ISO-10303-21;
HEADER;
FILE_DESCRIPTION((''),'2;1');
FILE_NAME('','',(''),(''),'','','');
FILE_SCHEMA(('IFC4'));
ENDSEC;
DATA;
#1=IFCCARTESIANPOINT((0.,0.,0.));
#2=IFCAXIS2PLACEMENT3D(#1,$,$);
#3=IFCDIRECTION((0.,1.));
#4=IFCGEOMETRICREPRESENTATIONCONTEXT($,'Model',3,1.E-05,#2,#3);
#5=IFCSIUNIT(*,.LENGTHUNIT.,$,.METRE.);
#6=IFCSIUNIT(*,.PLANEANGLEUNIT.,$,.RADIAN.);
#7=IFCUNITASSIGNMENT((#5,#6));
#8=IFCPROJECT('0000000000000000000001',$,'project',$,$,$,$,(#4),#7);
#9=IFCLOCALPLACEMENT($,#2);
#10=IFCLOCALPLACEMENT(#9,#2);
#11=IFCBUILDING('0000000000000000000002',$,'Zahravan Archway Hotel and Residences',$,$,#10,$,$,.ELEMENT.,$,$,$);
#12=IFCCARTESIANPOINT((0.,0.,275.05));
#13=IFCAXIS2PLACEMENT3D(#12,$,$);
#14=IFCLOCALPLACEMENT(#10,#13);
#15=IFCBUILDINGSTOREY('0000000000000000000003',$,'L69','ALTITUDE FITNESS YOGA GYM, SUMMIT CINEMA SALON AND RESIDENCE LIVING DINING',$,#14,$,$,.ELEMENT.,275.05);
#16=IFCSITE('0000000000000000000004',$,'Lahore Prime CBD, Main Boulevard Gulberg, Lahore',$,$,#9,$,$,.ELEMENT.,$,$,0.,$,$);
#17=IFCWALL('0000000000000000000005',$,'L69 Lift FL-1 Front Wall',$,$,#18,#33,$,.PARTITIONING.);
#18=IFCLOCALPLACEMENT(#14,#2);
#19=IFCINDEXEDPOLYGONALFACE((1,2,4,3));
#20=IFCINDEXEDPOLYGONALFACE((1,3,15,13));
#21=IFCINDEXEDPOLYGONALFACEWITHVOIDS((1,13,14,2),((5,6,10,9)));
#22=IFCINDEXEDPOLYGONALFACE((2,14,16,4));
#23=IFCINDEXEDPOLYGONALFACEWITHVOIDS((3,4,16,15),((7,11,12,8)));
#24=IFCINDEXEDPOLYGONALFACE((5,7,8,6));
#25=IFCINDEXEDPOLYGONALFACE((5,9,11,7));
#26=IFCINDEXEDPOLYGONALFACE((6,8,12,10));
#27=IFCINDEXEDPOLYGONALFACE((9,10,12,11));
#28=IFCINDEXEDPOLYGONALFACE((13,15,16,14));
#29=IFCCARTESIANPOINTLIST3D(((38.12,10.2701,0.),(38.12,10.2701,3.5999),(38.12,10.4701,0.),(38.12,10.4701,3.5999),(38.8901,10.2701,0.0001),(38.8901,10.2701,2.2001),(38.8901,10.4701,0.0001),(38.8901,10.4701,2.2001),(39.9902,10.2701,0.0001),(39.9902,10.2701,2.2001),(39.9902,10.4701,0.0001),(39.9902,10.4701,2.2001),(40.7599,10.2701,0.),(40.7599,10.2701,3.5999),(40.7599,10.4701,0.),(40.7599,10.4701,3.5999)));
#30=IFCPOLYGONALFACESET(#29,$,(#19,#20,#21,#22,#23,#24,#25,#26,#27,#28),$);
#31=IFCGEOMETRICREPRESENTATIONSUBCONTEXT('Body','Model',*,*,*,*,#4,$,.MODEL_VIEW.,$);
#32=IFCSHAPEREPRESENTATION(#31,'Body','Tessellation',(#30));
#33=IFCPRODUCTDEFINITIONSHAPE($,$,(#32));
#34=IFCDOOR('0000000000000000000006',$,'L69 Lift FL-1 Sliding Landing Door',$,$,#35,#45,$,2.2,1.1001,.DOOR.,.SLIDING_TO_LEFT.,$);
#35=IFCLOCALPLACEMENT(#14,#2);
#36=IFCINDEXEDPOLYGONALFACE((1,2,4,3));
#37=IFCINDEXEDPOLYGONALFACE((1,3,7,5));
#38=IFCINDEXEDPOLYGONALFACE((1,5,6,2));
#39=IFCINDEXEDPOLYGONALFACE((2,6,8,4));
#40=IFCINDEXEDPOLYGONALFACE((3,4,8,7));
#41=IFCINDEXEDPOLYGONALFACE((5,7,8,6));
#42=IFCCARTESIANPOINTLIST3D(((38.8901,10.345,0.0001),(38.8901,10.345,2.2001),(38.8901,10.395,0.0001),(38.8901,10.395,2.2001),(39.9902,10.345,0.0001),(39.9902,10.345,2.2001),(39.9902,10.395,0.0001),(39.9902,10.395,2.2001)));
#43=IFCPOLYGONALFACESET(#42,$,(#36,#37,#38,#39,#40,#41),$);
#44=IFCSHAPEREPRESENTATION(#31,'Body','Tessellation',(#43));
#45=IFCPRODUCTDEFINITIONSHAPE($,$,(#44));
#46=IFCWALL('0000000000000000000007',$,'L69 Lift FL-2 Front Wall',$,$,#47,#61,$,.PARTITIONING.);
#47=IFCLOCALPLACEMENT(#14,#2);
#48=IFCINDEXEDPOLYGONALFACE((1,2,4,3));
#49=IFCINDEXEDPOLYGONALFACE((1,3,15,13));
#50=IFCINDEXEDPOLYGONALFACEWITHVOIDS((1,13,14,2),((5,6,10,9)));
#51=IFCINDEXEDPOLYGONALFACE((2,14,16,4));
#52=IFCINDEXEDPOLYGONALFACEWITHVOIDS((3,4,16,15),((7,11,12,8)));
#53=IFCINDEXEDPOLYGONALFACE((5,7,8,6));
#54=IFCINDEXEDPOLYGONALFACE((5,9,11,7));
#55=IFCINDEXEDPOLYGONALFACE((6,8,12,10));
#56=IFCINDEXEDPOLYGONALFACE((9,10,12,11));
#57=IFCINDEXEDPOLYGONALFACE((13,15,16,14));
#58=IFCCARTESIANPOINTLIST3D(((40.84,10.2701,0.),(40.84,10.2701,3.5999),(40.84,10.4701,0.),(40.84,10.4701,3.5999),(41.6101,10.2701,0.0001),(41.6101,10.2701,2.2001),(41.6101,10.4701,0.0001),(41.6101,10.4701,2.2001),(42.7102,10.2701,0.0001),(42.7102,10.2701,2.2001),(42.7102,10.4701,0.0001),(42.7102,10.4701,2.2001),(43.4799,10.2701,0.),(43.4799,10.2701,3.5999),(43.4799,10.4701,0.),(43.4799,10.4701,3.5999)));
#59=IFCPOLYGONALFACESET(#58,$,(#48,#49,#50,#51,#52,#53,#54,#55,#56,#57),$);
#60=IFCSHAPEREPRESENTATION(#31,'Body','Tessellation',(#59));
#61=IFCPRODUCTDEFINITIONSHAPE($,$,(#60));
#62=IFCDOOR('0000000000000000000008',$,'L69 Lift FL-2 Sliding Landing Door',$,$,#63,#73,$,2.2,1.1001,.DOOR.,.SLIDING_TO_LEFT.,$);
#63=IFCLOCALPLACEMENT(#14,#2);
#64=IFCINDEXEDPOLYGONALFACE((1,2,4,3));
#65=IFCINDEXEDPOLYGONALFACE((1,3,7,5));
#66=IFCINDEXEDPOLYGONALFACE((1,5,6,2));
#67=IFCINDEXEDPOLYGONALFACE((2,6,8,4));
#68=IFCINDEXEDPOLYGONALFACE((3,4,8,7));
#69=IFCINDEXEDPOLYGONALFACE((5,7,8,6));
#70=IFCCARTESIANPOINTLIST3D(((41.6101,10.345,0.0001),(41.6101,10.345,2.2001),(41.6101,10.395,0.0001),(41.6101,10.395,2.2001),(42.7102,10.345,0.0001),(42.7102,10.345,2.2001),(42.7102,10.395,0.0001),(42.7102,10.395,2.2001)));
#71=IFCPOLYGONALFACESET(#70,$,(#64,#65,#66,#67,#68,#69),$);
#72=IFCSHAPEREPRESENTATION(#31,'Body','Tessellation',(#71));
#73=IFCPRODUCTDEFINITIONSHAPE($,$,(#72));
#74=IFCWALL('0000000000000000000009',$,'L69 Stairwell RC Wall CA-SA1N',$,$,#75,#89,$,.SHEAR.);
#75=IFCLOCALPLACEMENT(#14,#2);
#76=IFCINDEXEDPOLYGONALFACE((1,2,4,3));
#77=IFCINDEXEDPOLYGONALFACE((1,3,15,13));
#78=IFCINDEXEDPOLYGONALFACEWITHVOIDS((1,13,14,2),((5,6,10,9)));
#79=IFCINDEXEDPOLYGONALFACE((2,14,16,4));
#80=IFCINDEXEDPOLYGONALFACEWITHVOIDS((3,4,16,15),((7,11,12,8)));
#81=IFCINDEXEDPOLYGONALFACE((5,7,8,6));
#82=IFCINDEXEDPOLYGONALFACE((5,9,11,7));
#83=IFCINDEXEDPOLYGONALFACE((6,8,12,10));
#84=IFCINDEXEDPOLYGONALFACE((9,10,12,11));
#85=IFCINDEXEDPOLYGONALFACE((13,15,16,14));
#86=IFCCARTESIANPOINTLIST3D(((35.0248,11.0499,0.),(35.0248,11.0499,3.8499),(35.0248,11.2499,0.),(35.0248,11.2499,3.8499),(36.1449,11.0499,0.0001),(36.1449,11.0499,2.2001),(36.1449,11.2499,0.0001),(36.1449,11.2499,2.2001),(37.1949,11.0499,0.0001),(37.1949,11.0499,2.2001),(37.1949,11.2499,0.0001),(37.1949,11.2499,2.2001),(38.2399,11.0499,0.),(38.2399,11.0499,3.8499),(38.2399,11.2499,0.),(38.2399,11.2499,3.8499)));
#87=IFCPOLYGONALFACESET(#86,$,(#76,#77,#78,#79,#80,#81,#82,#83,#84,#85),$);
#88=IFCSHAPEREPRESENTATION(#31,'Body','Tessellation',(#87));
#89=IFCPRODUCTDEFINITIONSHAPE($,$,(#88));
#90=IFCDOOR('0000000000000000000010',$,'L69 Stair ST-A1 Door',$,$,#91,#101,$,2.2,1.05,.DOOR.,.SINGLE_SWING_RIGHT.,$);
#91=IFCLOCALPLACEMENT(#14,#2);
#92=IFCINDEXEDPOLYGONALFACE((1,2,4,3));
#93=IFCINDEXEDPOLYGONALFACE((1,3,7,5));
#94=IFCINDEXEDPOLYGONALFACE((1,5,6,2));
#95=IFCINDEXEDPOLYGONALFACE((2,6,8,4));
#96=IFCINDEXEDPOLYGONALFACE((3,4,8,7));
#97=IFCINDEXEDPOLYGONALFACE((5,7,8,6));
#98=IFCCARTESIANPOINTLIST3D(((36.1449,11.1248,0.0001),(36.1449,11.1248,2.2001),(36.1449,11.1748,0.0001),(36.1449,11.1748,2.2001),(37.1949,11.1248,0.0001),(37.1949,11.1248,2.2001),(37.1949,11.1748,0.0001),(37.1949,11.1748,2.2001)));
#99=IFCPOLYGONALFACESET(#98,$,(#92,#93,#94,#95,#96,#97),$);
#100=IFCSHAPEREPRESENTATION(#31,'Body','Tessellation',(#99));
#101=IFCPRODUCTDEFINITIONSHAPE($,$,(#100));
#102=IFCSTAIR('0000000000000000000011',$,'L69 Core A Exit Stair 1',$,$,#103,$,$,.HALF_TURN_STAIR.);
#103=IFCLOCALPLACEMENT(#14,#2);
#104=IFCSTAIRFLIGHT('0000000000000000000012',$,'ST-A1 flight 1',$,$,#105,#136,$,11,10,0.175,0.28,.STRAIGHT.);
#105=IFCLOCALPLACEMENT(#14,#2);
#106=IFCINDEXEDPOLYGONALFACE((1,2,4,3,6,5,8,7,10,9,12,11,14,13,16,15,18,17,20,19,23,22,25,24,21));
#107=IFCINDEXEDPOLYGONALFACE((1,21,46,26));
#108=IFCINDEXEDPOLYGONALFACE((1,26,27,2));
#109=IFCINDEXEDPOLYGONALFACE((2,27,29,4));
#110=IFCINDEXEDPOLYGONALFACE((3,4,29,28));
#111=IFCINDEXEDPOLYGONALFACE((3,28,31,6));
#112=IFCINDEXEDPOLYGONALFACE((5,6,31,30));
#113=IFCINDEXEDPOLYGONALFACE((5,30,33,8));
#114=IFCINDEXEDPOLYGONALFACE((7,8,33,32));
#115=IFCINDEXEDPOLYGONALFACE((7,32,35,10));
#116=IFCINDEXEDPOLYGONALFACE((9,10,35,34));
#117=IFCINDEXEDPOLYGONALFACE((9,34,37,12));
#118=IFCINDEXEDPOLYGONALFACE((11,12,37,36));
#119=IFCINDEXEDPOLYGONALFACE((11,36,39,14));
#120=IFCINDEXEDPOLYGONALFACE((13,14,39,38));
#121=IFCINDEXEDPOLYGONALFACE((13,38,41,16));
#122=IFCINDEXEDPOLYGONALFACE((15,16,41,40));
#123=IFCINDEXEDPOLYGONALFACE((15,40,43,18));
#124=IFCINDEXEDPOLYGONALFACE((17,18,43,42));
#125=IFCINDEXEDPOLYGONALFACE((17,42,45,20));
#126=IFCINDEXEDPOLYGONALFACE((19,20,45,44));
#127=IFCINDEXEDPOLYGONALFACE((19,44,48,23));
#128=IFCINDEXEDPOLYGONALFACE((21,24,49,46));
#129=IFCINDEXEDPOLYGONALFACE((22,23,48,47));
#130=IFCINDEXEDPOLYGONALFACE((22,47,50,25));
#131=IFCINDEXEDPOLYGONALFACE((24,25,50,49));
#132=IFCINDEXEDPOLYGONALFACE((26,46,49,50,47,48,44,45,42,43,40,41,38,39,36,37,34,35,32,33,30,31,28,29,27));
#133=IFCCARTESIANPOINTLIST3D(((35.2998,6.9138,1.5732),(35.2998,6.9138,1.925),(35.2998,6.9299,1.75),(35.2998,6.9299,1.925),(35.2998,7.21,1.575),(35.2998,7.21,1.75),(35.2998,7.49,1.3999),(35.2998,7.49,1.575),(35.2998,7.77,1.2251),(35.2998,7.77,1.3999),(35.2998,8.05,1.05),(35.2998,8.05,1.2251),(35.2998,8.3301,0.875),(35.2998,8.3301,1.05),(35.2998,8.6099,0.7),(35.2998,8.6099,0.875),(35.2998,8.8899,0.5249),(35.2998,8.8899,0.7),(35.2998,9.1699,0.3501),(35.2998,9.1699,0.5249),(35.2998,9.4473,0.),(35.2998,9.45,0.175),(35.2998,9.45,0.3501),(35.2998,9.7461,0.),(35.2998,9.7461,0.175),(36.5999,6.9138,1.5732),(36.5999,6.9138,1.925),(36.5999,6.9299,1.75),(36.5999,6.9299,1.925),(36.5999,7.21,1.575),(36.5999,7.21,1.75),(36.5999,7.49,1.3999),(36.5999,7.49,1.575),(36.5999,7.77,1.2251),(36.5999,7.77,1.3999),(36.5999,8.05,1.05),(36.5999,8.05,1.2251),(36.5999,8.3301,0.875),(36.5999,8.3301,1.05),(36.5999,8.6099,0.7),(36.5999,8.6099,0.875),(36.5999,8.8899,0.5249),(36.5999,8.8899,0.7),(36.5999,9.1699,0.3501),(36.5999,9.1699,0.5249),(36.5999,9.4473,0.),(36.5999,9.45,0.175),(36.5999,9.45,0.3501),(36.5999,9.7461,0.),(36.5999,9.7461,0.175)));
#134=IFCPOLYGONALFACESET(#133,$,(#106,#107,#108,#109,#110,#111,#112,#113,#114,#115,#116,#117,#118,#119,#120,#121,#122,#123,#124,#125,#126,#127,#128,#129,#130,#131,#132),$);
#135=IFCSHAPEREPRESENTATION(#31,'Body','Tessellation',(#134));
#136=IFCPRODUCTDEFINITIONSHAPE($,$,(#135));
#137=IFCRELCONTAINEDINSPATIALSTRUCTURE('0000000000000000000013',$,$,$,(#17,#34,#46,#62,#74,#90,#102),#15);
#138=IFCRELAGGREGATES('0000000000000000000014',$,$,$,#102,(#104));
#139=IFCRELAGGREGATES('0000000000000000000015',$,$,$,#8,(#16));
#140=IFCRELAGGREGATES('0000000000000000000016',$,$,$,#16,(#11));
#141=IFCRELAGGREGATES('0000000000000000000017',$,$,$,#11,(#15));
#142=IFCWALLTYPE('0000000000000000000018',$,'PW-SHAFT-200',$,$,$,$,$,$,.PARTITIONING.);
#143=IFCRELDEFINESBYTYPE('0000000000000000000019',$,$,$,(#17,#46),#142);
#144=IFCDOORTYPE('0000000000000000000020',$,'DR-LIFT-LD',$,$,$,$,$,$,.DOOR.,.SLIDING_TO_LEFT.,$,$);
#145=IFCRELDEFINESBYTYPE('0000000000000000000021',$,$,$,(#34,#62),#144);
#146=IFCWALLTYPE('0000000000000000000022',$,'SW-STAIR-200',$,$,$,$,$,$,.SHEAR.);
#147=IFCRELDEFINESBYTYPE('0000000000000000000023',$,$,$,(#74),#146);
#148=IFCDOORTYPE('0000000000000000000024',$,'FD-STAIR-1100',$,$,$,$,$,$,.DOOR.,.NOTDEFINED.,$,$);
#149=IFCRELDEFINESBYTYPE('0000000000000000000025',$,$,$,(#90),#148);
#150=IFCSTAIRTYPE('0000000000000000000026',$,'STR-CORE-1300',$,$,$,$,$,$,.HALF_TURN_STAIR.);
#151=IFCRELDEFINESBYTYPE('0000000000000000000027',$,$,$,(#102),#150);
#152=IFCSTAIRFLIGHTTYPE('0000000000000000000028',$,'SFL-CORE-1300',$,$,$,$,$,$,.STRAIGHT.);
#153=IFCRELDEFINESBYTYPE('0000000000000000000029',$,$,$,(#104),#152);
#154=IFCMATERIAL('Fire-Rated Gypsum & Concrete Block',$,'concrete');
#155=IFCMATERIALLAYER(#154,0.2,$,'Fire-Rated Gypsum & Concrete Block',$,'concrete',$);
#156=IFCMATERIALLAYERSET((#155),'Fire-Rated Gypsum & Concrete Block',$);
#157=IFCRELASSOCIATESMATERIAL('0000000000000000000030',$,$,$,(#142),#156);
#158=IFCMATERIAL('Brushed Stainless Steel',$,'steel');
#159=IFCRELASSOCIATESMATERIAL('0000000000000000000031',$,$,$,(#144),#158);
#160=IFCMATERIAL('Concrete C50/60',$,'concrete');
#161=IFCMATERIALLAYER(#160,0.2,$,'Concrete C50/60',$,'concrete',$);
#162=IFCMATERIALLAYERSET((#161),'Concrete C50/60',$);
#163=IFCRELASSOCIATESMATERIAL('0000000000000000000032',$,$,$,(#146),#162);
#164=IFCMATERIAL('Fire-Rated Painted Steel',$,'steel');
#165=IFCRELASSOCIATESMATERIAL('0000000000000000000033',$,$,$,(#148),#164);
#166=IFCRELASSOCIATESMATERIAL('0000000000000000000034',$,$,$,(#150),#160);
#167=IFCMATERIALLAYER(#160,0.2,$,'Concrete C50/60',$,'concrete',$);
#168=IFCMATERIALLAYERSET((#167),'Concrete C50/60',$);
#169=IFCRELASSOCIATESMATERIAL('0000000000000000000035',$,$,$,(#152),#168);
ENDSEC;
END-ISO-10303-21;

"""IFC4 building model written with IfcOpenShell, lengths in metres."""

from ifc_helpers import new_model, si_unit, direction, frame, frame_2d, origin, place, context, subcontext, project, spatial, polyline, rectangle, outline, extrude, source, transform, mapped, material, layer, layer_set, type_object, type_shapes, element, fill, aggregate, save


model = new_model("IFC4")

# Units and contexts
model_context = context("Model", 3, precision=1e-05, world=origin(), true_north=direction((0.0, 1.0)))
body_context = subcontext(model_context, "Body", "Model", "MODEL_VIEW")
ifc_project = project(units=[si_unit("LENGTHUNIT", "METRE"), si_unit("PLANEANGLEUNIT", "RADIAN")], contexts=[model_context])

# Site, building, storey
site_placement = place(None, origin())
site = spatial("IfcSite", under=ifc_project, at=site_placement, Name="Lahore Prime CBD, Main Boulevard Gulberg, Lahore", CompositionType="ELEMENT", RefElevation=0.0)
building_placement = place(site_placement, origin())
building = spatial("IfcBuilding", under=site, at=building_placement, Name="Zahravan Archway Hotel and Residences", CompositionType="ELEMENT")
storey_placement = place(building_placement, frame((0.0, 0.0, 275.05)))
storey = spatial("IfcBuildingStorey", under=building, at=storey_placement, Name="L69", Description="ALTITUDE FITNESS YOGA GYM, SUMMIT CINEMA SALON AND RESIDENCE LIVING DINING", CompositionType="ELEMENT", Elevation=275.05)

# Shared definitions
ifc_material_1 = material(Name="Concrete C50/60", Category="concrete")

# Shared definitions
ifc_material_2 = material(Name="Fire-Rated Painted Steel", Category="steel")

# Shared definitions
ifc_material_3 = material(Name="Fire-Rated Gypsum & Concrete Block", Category="concrete")

# Shared definitions
ifc_layer_1 = layer(ifc_material_3, 0.2, Name="Fire-Rated Gypsum & Concrete Block", Category="concrete")
ifc_layer_set_1 = layer_set([ifc_layer_1], Name="Fire-Rated Gypsum & Concrete Block")
wall_type_1 = type_object("IfcWallType", Name="PW-SHAFT-200", PredefinedType="PARTITIONING", material=ifc_layer_set_1)

# Walls, openings, doors
wall_1_placement = place(storey_placement, frame((38.1201, 10.3701, 0.0), z_axis=(0.0, 0.0, 1.0), x_axis=(1.0, 0.0, 0.0)))
wall_1 = element("IfcWall", 1, at=wall_1_placement, inside=storey, type_object=wall_type_1, Name="L69 Lift FL-1 Front Wall", PredefinedType="PARTITIONING", context=body_context, shape_type="SweptSolid", body=[
    extrude(rectangle(XDim=2.6399, YDim=0.2, at=frame_2d((1.3198, 0.0))), origin(), (0.0, 0.0, 1.0), 3.5999),
])
opening_1_placement = place(wall_1_placement, frame((0.77, 0.0, 0.0)))
opening_1 = element("IfcOpeningElement", 2, at=opening_1_placement, cuts=wall_1, PredefinedType="OPENING", context=body_context, shape_type="SweptSolid", body=[
    extrude(rectangle(XDim=1.1001, YDim=2.2, at=frame_2d((0.55, 1.1001))), frame((0.0, 0.1099, 0.0), z_axis=(0.0, -1.0, 0.0), x_axis=(1.0, 0.0, 0.0)), (0.0, 0.0, 1.0), 0.22),
])
ifc_material_4 = material(Name="Brushed Stainless Steel", Category="steel")
door_type_1 = type_object("IfcDoorType", Name="DR-LIFT-LD", OperationType="SLIDING_TO_LEFT", PredefinedType="DOOR", material=ifc_material_4)
shared_shape_1 = source(origin(), body_context, "Body", "SweptSolid", [
    extrude(rectangle(XDim=1.1001, YDim=2.2, at=frame_2d((0.55, 1.1001))), frame((0.0, 0.0249, 0.0), z_axis=(0.0, -1.0, 0.0), x_axis=(1.0, 0.0, 0.0)), (0.0, 0.0, 1.0), 0.05),
])
type_shapes(door_type_1, [shared_shape_1])
door_1_placement = place(opening_1_placement, origin())
door_1 = element("IfcDoor", 3, at=door_1_placement, inside=storey, type_object=door_type_1, Name="L69 Lift FL-1 Sliding Landing Door", OperationType="SLIDING_TO_LEFT", OverallHeight=2.2, OverallWidth=1.1001, PredefinedType="DOOR", context=body_context, shape_type="MappedRepresentation", body=[
    mapped(shared_shape_1, transform((0.0, 0.0, 0.0), scale=1.0)),
])
fill(opening_1, door_1)
wall_2_placement = place(storey_placement, frame((40.8401, 10.3701, 0.0), z_axis=(0.0, 0.0, 1.0), x_axis=(1.0, 0.0, 0.0)))
wall_2 = element("IfcWall", 4, at=wall_2_placement, inside=storey, type_object=wall_type_1, Name="L69 Lift FL-2 Front Wall", PredefinedType="PARTITIONING", context=body_context, shape_type="SweptSolid", body=[
    extrude(rectangle(XDim=2.6399, YDim=0.2, at=frame_2d((1.3198, 0.0))), origin(), (0.0, 0.0, 1.0), 3.5999),
])
opening_2_placement = place(wall_2_placement, frame((0.77, 0.0, 0.0)))
opening_2 = element("IfcOpeningElement", 5, at=opening_2_placement, cuts=wall_2, PredefinedType="OPENING", context=body_context, shape_type="SweptSolid", body=[
    extrude(rectangle(XDim=1.1001, YDim=2.2, at=frame_2d((0.55, 1.1001))), frame((0.0, 0.1099, 0.0), z_axis=(0.0, -1.0, 0.0), x_axis=(1.0, 0.0, 0.0)), (0.0, 0.0, 1.0), 0.22),
])
door_2_placement = place(opening_2_placement, origin())
door_2 = element("IfcDoor", 6, at=door_2_placement, inside=storey, type_object=door_type_1, Name="L69 Lift FL-2 Sliding Landing Door", OperationType="SLIDING_TO_LEFT", OverallHeight=2.2, OverallWidth=1.1001, PredefinedType="DOOR", context=body_context, shape_type="MappedRepresentation", body=[
    mapped(shared_shape_1, transform((0.0, 0.0, 0.0), scale=1.0)),
])
fill(opening_2, door_2)
ifc_layer_2 = layer(ifc_material_1, 0.2, Name="Concrete C50/60", Category="concrete")
ifc_layer_set_2 = layer_set([ifc_layer_2], Name="Concrete C50/60")
wall_type_2 = type_object("IfcWallType", Name="SW-STAIR-200", PredefinedType="SHEAR", material=ifc_layer_set_2)
wall_3_placement = place(storey_placement, frame((35.0249, 11.1499, 0.0), z_axis=(0.0, 0.0, 1.0), x_axis=(1.0, 0.0, 0.0)))
wall_3 = element("IfcWall", 7, at=wall_3_placement, inside=storey, type_object=wall_type_2, Name="L69 Stairwell RC Wall CA-SA1N", PredefinedType="SHEAR", context=body_context, shape_type="SweptSolid", body=[
    extrude(rectangle(XDim=3.2151, YDim=0.2, at=frame_2d((1.6074, 0.0))), origin(), (0.0, 0.0, 1.0), 3.8499),
])
opening_3_placement = place(wall_3_placement, frame((1.1201, 0.0, 0.0)))
opening_3 = element("IfcOpeningElement", 8, at=opening_3_placement, cuts=wall_3, PredefinedType="OPENING", context=body_context, shape_type="SweptSolid", body=[
    extrude(rectangle(XDim=1.05, YDim=2.2, at=frame_2d((0.5249, 1.1001))), frame((0.0, 0.1099, 0.0), z_axis=(0.0, -1.0, 0.0), x_axis=(1.0, 0.0, 0.0)), (0.0, 0.0, 1.0), 0.22),
])
door_type_2 = type_object("IfcDoorType", Name="FD-STAIR-1100", OperationType="NOTDEFINED", PredefinedType="DOOR", material=ifc_material_2)
shared_shape_2 = source(origin(), body_context, "Body", "SweptSolid", [
    extrude(rectangle(XDim=1.05, YDim=2.2, at=frame_2d((0.5249, 1.1001))), frame((0.0, 0.0249, 0.0), z_axis=(0.0, -1.0, 0.0), x_axis=(1.0, 0.0, 0.0)), (0.0, 0.0, 1.0), 0.05),
])
type_shapes(door_type_2, [shared_shape_2])
door_3_placement = place(opening_3_placement, origin())
door_3 = element("IfcDoor", 9, at=door_3_placement, inside=storey, type_object=door_type_2, Name="L69 Stair ST-A1 Door", OperationType="SINGLE_SWING_RIGHT", OverallHeight=2.2, OverallWidth=1.05, PredefinedType="DOOR", context=body_context, shape_type="MappedRepresentation", body=[
    mapped(shared_shape_2, transform((0.0, 0.0, 0.0), scale=1.0)),
])
fill(opening_3, door_3)

# Stair, stair flight
stair_type = type_object("IfcStairType", Name="STR-CORE-1300", PredefinedType="HALF_TURN_STAIR", material=ifc_material_1)
stair_placement = place(storey_placement, origin())
stair = element("IfcStair", 10, at=stair_placement, inside=storey, type_object=stair_type, Name="L69 Core A Exit Stair 1", PredefinedType="HALF_TURN_STAIR")
ifc_layer_3 = layer(ifc_material_1, 0.2, Name="Concrete C50/60", Category="concrete")
ifc_layer_set_3 = layer_set([ifc_layer_3], Name="Concrete C50/60")
stair_flight_type = type_object("IfcStairFlightType", Name="SFL-CORE-1300", PredefinedType="STRAIGHT", material=ifc_layer_set_3)
shared_shape_3 = source(origin(), body_context, "Body", "SweptSolid", [
    extrude(outline(polyline([(-0.0161, 0.0), (-0.0161, 0.175), (0.28, 0.175), (0.28, 0.3501), (0.5601, 0.3501), (0.5601, 0.5249), (0.8401, 0.5249), (0.8401, 0.7), (1.1201, 0.7), (1.1201, 0.875), (1.3999, 0.875), (1.3999, 1.05), (1.6799, 1.05), (1.6799, 1.2251), (1.96, 1.2251), (1.96, 1.3999), (2.24, 1.3999), (2.24, 1.575), (2.52, 1.575), (2.52, 1.75), (2.8, 1.75), (2.8, 1.925), (2.8162, 1.925), (2.8162, 1.5732), (0.2827, 0.0), (-0.0161, 0.0)])), frame((0.0, 0.6499, 0.0), z_axis=(0.0, -1.0, 0.0), x_axis=(1.0, 0.0, 0.0)), (0.0, 0.0, 1.0), 1.3),
])
stair_flight_placement = place(storey_placement, frame((35.95, 9.73, 0.0), z_axis=(0.0, 0.0, 1.0), x_axis=(0.0, -1.0, 0.0)))
stair_flight = element("IfcStairFlight", 11, at=stair_flight_placement, type_object=stair_flight_type, Name="ST-A1 flight 1", NumberOfRisers=11, NumberOfTreads=10, PredefinedType="STRAIGHT", RiserHeight=0.175, TreadLength=0.28, context=body_context, shape_type="MappedRepresentation", body=[
    mapped(shared_shape_3, transform((0.0, 0.0, 0.0), scale=1.0)),
])
aggregate(stair, [stair_flight])

save(model, "model.ifc")
